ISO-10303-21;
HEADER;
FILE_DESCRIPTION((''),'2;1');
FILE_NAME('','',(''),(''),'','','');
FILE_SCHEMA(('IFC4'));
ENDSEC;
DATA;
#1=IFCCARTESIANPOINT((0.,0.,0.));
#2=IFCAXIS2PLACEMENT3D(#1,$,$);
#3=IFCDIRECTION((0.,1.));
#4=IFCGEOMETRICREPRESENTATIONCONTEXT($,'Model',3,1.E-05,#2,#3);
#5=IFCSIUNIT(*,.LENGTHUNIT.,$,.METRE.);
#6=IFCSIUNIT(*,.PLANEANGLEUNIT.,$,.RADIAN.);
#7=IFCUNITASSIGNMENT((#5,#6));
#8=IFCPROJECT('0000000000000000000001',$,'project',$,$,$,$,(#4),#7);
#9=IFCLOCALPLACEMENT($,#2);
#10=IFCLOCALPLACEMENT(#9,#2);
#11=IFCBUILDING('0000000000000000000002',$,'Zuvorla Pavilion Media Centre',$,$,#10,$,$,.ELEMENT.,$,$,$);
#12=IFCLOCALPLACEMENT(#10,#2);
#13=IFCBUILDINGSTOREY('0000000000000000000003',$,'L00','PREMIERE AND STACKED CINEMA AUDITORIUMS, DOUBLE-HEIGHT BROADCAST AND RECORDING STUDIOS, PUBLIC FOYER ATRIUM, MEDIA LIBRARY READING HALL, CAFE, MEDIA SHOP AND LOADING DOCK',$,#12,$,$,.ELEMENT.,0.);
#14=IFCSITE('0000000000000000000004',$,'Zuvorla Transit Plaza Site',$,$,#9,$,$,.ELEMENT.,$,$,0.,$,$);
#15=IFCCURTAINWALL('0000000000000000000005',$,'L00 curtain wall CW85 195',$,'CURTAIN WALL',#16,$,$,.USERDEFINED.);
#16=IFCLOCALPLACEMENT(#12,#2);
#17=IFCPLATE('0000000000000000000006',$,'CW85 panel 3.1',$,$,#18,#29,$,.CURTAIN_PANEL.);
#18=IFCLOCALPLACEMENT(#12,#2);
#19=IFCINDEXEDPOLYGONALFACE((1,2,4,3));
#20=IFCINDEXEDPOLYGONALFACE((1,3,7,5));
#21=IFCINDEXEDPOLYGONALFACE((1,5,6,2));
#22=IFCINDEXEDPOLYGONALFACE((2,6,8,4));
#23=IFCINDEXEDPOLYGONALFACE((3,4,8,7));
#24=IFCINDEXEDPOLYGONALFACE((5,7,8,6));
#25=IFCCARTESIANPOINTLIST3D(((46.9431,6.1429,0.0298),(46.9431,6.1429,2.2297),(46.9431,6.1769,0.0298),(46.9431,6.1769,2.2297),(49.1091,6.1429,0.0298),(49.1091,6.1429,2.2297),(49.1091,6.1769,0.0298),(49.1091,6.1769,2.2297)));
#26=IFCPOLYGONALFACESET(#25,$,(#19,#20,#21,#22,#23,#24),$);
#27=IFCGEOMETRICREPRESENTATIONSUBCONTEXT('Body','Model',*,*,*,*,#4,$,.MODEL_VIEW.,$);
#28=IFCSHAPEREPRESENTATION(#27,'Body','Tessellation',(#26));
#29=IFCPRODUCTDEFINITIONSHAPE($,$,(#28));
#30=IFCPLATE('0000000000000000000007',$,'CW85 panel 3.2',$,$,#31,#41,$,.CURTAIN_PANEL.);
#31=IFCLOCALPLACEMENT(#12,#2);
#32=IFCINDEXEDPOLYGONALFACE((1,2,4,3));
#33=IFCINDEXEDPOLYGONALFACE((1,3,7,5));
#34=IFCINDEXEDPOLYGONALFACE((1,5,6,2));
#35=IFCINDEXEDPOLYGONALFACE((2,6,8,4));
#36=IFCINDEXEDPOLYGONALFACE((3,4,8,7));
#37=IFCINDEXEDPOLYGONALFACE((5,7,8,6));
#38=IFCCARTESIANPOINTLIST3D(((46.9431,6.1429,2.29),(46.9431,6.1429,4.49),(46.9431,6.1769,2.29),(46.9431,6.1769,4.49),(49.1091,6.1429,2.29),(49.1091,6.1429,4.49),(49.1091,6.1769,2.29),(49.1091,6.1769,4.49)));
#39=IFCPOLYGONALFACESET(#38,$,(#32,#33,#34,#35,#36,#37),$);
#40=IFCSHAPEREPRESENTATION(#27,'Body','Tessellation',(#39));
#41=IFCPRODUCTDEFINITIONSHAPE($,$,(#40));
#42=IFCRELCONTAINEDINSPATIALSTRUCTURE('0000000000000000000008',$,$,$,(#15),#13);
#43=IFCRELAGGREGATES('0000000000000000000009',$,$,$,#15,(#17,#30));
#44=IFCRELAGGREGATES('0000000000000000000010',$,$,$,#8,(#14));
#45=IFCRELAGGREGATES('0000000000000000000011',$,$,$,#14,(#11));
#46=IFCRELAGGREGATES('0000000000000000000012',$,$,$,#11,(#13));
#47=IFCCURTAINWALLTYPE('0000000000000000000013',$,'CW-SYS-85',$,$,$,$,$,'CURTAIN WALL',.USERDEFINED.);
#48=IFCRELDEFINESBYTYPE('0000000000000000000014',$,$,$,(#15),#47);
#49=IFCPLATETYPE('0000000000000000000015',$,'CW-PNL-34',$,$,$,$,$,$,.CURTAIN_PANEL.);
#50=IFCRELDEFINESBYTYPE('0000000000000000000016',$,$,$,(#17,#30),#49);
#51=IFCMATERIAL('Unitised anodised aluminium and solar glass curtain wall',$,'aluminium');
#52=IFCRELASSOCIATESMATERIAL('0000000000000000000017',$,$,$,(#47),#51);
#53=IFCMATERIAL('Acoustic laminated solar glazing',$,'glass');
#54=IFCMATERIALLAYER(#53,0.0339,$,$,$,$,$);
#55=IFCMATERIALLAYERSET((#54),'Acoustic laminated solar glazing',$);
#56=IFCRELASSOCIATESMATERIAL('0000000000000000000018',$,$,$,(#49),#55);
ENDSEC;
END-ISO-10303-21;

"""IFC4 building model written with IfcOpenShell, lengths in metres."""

from ifc_helpers import new_model, si_unit, direction, frame, origin, origin_2d, place, context, subcontext, project, spatial, rectangle, extrude, material, layer, layer_set, type_object, element, aggregate, save


model = new_model("IFC4")

# Units and contexts
model_context = context("Model", 3, precision=1e-05, world=origin(), true_north=direction((0.0, 1.0)))
body_context = subcontext(model_context, "Body", "Model", "MODEL_VIEW")
ifc_project = project(units=[si_unit("LENGTHUNIT", "METRE"), si_unit("PLANEANGLEUNIT", "RADIAN")], contexts=[model_context])

# Site, building, storey
site_placement = place(None, origin())
site = spatial("IfcSite", under=ifc_project, at=site_placement, Name="Zuvorla Transit Plaza Site", CompositionType="ELEMENT", RefElevation=0.0)
building_placement = place(site_placement, origin())
building = spatial("IfcBuilding", under=site, at=building_placement, Name="Zuvorla Pavilion Media Centre", CompositionType="ELEMENT")
storey_placement = place(building_placement, origin())
storey = spatial("IfcBuildingStorey", under=building, at=storey_placement, Name="L00", Description="PREMIERE AND STACKED CINEMA AUDITORIUMS, DOUBLE-HEIGHT BROADCAST AND RECORDING STUDIOS, PUBLIC FOYER ATRIUM, MEDIA LIBRARY READING HALL, CAFE, MEDIA SHOP AND LOADING DOCK", CompositionType="ELEMENT", Elevation=0.0)

# Curtain wall, plates
ifc_material_1 = material(Name="Unitised anodised aluminium and solar glass curtain wall", Category="aluminium")
curtain_wall_type = type_object("IfcCurtainWallType", Name="CW-SYS-85", ElementType="CURTAIN WALL", PredefinedType="USERDEFINED", material=ifc_material_1)
curtain_wall_placement = place(storey_placement, origin())
curtain_wall = element("IfcCurtainWall", 1, at=curtain_wall_placement, inside=storey, type_object=curtain_wall_type, Name="L00 curtain wall CW85 195", ObjectType="CURTAIN WALL", PredefinedType="USERDEFINED")
ifc_material_2 = material(Name="Acoustic laminated solar glazing", Category="glass")
ifc_layer = layer(ifc_material_2, 0.0339)
ifc_layer_set = layer_set([ifc_layer], Name="Acoustic laminated solar glazing")
plate_type = type_object("IfcPlateType", Name="CW-PNL-34", PredefinedType="CURTAIN_PANEL", material=ifc_layer_set)
plate_1_placement = place(storey_placement, frame((48.0261, 6.1599, 0.0298), z_axis=(0.0, 0.0, 1.0), x_axis=(1.0, 0.0, 0.0)))
plate_1 = element("IfcPlate", 2, at=plate_1_placement, type_object=plate_type, Name="CW85 panel 3.1", PredefinedType="CURTAIN_PANEL", context=body_context, shape_type="SweptSolid", body=[
    extrude(rectangle(XDim=2.166, YDim=0.0339, at=origin_2d()), origin(), (0.0, 0.0, 1.0), 2.2),
])
plate_2_placement = place(storey_placement, frame((48.0261, 6.1599, 2.29), z_axis=(0.0, 0.0, 1.0), x_axis=(1.0, 0.0, 0.0)))
plate_2 = element("IfcPlate", 3, at=plate_2_placement, type_object=plate_type, Name="CW85 panel 3.2", PredefinedType="CURTAIN_PANEL", context=body_context, shape_type="SweptSolid", body=[
    extrude(rectangle(XDim=2.166, YDim=0.0339, at=origin_2d()), origin(), (0.0, 0.0, 1.0), 2.2),
])
aggregate(curtain_wall, [plate_1, plate_2])

save(model, "model.ifc")
